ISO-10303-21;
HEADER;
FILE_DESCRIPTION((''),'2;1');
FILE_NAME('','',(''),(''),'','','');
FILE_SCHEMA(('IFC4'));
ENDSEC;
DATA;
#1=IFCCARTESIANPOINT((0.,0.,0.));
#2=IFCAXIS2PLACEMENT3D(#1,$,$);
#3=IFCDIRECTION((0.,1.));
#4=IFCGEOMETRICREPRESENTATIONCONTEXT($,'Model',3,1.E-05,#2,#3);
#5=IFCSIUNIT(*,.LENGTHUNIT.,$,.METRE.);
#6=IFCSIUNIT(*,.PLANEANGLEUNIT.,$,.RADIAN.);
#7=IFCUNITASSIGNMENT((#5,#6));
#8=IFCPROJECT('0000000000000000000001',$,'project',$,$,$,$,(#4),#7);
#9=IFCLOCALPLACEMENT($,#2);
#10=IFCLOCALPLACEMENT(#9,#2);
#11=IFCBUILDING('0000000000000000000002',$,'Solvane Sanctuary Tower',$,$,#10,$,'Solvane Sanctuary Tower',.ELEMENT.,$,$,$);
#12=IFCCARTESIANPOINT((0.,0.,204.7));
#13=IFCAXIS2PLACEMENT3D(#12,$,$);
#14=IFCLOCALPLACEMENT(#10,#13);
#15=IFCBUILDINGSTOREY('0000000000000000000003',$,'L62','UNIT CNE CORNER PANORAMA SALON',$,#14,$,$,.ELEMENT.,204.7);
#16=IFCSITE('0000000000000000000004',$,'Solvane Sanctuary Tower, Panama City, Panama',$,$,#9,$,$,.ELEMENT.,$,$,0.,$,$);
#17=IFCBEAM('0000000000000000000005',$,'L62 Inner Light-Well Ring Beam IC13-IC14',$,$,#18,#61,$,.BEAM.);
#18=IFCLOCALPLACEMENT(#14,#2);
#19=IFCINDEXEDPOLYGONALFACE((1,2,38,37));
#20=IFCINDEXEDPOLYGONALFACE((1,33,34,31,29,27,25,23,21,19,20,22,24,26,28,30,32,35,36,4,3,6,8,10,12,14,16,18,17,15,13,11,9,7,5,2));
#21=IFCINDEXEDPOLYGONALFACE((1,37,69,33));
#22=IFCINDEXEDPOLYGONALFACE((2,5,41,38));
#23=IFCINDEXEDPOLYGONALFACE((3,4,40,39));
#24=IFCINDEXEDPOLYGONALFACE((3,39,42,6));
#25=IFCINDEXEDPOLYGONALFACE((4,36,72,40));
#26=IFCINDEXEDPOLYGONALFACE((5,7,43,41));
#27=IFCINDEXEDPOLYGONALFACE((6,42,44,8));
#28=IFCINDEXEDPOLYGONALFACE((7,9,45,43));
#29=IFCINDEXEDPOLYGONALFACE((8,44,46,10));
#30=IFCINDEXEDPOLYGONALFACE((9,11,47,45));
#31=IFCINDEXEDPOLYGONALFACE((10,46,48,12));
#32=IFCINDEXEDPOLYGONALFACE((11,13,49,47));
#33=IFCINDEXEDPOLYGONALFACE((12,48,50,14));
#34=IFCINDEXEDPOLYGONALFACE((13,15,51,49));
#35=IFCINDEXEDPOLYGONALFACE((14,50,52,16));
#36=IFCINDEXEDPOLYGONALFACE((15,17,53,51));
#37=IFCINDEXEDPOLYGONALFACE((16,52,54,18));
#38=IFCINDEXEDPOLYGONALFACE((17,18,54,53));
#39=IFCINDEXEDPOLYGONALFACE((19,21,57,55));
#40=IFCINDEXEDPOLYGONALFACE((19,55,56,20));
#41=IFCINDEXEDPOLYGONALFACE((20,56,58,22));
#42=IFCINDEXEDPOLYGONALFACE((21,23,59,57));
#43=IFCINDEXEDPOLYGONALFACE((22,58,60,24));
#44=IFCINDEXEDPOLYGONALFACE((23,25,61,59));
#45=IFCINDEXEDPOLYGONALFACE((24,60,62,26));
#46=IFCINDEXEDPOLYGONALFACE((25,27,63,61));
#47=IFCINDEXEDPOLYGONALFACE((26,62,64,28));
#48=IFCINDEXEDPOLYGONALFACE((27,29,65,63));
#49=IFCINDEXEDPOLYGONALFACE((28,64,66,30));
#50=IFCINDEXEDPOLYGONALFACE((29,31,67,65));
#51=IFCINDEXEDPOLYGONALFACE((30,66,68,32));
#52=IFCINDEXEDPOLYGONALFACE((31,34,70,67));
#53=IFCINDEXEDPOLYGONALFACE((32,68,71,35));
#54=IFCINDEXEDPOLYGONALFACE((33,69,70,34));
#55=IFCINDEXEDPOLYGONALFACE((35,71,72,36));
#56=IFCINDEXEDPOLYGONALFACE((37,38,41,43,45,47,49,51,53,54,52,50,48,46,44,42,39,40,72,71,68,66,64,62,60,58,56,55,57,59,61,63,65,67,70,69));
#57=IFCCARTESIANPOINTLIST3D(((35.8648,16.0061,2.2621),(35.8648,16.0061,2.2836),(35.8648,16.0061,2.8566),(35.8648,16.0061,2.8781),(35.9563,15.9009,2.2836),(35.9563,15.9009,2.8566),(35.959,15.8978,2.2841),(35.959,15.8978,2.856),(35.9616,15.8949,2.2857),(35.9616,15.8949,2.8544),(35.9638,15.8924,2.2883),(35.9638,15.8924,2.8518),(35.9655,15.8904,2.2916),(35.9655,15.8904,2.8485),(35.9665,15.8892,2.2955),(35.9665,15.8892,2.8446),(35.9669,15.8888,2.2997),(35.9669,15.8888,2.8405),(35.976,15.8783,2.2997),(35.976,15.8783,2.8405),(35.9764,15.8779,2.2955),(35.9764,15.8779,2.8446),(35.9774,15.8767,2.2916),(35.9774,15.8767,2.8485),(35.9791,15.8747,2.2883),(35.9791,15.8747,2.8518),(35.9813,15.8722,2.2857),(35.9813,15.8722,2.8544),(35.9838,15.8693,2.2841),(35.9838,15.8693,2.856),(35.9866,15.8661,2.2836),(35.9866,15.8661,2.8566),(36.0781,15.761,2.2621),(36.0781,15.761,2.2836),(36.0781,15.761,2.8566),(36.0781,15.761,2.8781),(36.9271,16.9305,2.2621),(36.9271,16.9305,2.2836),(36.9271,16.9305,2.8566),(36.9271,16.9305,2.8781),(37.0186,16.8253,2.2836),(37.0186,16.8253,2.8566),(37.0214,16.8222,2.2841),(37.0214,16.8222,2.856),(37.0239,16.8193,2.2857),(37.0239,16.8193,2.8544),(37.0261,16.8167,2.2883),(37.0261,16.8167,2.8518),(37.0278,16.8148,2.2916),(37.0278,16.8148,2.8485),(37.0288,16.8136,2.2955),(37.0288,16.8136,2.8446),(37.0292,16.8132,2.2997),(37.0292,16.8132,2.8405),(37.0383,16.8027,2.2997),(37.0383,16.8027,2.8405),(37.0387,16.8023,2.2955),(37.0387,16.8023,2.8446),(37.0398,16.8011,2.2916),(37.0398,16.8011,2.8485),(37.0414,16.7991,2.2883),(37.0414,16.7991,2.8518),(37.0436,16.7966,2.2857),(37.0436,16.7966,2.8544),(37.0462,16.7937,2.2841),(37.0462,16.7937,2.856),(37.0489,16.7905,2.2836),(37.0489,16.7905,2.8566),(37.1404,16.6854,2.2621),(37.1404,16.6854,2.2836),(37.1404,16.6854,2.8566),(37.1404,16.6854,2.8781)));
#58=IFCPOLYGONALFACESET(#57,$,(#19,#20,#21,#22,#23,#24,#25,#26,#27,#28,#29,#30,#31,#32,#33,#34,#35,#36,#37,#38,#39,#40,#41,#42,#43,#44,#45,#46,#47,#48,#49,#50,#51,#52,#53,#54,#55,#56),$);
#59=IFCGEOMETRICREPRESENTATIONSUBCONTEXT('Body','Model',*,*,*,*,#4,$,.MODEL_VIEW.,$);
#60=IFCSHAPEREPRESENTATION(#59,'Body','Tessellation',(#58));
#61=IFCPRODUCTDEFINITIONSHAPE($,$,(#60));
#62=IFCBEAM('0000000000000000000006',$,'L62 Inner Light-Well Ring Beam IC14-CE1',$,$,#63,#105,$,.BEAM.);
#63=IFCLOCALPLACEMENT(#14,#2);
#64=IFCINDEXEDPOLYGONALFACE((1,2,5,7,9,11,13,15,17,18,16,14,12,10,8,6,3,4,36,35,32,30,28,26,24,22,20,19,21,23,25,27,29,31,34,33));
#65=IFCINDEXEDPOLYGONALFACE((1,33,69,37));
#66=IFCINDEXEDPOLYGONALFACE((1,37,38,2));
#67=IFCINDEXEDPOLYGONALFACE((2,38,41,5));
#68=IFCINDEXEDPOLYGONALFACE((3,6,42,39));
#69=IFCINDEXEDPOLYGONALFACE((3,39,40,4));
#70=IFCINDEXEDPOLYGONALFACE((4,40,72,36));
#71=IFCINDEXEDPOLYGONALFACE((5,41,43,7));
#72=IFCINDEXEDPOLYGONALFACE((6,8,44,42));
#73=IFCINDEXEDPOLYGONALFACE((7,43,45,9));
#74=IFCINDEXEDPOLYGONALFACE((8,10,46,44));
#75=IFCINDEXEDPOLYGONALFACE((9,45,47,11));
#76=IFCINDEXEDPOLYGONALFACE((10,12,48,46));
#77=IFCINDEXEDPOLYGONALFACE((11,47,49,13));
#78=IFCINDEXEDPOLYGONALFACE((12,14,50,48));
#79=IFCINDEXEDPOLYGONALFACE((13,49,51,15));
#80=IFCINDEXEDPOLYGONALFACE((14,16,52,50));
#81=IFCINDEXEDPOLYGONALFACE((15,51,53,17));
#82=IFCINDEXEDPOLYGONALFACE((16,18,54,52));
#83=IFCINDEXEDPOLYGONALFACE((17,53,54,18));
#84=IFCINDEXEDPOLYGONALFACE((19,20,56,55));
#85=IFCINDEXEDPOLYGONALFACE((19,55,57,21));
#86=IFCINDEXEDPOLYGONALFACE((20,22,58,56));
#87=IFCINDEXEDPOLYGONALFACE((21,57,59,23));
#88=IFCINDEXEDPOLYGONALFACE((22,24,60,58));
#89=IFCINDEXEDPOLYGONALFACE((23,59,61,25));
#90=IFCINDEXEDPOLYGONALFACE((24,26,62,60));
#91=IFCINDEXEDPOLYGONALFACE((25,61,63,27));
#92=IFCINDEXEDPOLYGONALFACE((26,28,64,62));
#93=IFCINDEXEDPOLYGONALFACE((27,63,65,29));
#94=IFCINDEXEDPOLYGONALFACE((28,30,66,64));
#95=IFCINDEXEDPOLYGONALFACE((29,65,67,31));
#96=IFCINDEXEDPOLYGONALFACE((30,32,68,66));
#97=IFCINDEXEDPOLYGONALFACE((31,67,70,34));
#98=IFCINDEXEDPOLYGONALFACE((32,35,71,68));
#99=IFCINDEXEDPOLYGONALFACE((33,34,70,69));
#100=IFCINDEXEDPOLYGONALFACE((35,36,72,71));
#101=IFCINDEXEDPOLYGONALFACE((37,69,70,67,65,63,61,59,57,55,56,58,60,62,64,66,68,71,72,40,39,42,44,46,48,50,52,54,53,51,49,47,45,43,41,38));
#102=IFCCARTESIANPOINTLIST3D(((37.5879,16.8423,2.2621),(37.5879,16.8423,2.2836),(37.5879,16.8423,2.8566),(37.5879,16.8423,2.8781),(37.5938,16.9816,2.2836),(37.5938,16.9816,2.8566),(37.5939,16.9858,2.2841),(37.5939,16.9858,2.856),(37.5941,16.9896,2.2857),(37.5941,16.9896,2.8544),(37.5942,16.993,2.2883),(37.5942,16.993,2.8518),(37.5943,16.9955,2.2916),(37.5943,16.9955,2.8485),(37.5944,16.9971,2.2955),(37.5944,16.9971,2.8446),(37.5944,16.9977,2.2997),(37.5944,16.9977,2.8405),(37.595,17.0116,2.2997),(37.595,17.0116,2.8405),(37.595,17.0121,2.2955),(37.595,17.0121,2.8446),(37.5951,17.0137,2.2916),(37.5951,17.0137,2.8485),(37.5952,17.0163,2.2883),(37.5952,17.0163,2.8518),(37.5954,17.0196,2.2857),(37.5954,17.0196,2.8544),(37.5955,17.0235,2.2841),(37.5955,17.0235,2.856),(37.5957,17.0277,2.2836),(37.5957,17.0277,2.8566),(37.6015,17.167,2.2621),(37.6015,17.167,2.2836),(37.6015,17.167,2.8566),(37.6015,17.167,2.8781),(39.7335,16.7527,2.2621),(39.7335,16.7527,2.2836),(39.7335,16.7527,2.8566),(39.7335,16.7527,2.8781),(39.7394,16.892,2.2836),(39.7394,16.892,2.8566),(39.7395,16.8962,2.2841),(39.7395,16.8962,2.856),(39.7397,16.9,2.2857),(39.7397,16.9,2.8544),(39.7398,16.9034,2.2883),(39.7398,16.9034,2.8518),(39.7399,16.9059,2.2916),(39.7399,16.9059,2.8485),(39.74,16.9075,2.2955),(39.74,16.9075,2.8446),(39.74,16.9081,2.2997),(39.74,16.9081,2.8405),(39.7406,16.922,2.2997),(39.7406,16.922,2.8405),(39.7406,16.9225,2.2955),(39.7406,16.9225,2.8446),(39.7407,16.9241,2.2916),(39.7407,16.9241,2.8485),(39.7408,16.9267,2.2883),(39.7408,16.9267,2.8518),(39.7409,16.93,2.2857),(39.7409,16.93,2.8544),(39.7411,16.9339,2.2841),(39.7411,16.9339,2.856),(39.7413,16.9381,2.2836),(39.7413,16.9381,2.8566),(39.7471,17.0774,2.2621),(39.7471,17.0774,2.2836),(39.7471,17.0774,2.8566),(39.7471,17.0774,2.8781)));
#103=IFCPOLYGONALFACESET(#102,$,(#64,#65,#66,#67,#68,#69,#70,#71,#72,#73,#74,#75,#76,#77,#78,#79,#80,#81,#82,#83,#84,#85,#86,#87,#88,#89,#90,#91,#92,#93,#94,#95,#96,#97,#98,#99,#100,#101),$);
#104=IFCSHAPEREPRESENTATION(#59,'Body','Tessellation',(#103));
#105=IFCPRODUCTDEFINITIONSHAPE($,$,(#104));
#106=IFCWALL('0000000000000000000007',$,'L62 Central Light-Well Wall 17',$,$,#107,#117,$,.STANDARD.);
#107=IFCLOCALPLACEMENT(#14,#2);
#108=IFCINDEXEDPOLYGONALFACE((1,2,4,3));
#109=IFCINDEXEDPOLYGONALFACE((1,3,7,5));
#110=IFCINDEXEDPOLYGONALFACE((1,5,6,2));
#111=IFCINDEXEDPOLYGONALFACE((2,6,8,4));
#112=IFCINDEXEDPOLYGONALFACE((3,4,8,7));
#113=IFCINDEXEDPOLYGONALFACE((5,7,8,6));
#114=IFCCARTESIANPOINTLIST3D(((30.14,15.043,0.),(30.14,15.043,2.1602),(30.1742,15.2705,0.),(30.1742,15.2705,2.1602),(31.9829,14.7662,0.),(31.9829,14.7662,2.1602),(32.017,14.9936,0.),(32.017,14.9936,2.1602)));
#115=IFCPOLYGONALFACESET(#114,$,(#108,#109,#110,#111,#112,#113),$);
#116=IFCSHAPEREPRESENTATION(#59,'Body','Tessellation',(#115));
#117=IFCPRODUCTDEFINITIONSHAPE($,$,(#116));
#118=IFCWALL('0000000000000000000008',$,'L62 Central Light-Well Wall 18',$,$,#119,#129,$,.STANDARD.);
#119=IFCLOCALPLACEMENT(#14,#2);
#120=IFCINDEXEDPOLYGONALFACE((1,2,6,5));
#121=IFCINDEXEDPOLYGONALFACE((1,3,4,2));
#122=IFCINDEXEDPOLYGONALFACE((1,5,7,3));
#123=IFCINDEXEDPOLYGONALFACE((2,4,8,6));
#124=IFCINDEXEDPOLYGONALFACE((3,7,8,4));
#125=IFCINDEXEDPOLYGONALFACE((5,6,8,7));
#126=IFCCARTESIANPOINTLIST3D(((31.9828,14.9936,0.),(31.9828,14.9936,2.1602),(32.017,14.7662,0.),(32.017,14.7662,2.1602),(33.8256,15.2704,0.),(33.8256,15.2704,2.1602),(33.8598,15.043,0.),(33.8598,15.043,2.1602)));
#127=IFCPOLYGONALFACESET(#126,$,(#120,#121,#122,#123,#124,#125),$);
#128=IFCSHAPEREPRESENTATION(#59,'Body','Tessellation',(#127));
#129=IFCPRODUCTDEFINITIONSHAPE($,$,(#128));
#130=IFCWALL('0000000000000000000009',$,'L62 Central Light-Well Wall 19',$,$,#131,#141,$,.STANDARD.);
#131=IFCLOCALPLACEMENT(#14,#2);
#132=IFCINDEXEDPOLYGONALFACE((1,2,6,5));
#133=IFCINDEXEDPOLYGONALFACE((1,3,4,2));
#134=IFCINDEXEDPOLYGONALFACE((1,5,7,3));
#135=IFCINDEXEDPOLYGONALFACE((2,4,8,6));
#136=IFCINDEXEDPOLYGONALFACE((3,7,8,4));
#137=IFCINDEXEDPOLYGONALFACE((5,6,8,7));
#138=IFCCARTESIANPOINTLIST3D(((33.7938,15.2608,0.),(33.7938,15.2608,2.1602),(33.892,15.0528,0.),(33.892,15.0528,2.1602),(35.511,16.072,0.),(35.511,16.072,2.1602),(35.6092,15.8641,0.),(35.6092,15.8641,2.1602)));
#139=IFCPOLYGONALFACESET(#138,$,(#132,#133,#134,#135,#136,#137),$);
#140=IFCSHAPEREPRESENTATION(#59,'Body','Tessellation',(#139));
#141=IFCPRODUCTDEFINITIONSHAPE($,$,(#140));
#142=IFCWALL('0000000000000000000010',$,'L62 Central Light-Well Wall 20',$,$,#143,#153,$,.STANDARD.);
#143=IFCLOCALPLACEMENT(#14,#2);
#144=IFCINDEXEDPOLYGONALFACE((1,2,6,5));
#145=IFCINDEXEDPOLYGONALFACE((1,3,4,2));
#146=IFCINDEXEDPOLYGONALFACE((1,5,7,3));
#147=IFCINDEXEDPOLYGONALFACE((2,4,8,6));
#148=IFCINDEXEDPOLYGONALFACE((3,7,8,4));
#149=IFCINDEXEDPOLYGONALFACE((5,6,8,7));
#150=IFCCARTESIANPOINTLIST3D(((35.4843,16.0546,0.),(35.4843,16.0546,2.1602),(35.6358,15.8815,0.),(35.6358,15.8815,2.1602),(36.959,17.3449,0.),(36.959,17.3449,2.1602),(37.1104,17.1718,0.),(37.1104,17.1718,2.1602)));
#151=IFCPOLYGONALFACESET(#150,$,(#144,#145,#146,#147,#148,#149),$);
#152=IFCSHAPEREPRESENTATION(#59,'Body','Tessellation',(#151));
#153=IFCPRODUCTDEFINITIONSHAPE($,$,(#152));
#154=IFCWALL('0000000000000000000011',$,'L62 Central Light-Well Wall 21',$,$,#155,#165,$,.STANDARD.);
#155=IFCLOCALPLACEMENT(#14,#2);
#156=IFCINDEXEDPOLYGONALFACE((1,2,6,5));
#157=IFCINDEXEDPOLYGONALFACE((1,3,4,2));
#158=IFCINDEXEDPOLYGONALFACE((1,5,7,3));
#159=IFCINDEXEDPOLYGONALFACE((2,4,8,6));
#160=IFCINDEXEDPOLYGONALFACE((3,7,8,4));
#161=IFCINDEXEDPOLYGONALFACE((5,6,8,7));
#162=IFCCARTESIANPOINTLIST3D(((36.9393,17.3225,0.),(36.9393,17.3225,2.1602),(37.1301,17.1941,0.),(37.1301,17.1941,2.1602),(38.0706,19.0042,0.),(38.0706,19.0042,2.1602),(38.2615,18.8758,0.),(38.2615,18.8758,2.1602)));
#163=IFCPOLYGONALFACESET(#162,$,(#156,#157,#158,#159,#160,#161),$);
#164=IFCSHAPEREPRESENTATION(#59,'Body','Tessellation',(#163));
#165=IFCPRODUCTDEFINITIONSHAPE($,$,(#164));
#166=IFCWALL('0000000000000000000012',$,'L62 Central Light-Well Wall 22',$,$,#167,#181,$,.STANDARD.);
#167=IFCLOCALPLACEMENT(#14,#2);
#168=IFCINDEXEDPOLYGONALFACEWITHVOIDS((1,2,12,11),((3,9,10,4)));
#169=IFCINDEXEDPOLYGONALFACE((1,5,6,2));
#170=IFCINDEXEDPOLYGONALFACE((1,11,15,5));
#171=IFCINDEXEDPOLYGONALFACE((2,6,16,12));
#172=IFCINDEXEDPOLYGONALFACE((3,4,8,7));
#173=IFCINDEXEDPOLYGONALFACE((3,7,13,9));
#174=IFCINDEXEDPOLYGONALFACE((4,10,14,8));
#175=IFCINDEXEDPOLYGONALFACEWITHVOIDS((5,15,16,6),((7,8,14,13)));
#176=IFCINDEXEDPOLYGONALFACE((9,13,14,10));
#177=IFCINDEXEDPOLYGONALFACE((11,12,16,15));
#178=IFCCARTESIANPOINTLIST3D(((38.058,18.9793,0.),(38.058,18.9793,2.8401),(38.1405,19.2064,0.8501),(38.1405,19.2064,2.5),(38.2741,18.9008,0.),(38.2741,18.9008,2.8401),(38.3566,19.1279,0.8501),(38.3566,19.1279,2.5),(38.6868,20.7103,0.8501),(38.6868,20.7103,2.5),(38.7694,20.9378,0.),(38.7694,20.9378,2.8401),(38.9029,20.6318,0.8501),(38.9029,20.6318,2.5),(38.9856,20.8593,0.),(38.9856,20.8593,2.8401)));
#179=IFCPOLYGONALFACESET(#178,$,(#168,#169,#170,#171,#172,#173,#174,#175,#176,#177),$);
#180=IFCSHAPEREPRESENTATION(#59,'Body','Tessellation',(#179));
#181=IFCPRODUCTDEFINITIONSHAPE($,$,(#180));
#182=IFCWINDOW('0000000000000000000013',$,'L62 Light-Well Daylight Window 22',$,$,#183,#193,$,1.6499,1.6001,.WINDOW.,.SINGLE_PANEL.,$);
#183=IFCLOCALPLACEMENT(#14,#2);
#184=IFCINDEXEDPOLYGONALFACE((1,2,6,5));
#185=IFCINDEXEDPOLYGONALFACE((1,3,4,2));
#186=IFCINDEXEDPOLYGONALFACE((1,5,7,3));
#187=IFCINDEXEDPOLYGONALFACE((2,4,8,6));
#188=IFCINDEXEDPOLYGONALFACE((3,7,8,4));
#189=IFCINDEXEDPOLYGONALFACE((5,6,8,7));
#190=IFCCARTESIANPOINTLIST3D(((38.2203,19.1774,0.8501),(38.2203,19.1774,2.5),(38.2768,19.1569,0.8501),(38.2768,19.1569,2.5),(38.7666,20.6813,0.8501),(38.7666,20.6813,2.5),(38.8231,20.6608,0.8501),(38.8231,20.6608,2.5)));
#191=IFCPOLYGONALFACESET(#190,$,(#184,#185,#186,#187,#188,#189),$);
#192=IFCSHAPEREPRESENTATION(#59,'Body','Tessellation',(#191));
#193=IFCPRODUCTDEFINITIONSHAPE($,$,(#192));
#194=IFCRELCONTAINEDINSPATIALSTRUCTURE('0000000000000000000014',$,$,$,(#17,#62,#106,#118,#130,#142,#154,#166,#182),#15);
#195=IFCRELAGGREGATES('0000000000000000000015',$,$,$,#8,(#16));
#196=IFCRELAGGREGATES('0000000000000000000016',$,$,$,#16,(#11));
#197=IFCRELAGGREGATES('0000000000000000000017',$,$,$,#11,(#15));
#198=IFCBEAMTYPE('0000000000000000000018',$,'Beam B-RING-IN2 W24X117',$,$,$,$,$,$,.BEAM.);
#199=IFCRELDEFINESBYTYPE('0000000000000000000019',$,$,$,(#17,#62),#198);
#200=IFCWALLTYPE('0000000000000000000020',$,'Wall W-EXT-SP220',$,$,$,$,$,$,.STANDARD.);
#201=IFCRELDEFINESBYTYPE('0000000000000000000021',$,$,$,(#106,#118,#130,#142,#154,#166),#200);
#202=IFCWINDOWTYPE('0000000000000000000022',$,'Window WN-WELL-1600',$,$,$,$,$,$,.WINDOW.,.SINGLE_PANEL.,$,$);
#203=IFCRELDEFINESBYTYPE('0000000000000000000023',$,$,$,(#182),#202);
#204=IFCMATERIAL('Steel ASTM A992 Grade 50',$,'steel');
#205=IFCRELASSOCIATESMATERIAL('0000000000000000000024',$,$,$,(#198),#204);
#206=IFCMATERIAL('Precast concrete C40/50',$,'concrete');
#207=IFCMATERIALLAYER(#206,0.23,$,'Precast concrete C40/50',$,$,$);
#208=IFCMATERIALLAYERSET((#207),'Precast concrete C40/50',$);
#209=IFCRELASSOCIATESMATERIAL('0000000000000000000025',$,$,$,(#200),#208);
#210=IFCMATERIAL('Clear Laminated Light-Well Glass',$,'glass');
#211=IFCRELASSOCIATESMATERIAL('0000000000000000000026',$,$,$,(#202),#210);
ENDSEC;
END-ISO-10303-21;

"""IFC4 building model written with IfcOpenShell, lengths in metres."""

from ifc_helpers import new_model, si_unit, direction, frame, frame_2d, origin, origin_2d, place, context, subcontext, project, spatial, rectangle, i_section, extrude, material, layer, layer_set, material_profile, profile_set, type_object, element, fill, save


model = new_model("IFC4")

# Units and contexts
model_context = context("Model", 3, precision=1e-05, world=origin(), true_north=direction((0.0, 1.0)))
body_context = subcontext(model_context, "Body", "Model", "MODEL_VIEW")
ifc_project = project(units=[si_unit("LENGTHUNIT", "METRE"), si_unit("PLANEANGLEUNIT", "RADIAN")], contexts=[model_context])

# Site, building, storey
site_placement = place(None, origin())
site = spatial("IfcSite", under=ifc_project, at=site_placement, Name="Solvane Sanctuary Tower, Panama City, Panama", CompositionType="ELEMENT", RefElevation=0.0)
building_placement = place(site_placement, origin())
building = spatial("IfcBuilding", under=site, at=building_placement, Name="Solvane Sanctuary Tower", LongName="Solvane Sanctuary Tower", CompositionType="ELEMENT")
storey_placement = place(building_placement, frame((0.0, 0.0, 204.7)))
storey = spatial("IfcBuildingStorey", under=building, at=storey_placement, Name="L62", Description="UNIT CNE CORNER PANORAMA SALON", CompositionType="ELEMENT", Elevation=204.7)

# Beams
ifc_material_1 = material(Name="Steel ASTM A992 Grade 50", Category="steel")
ifc_material_profile_1 = material_profile(ifc_material_1, i_section(OverallWidth=0.325, OverallDepth=0.616, WebThickness=0.0139, FlangeThickness=0.0215, FilletRadius=0.0161, at=origin_2d()), Name="W24X117")
ifc_profile_set_1 = profile_set([ifc_material_profile_1], Name="Steel ASTM A992 Grade 50")
beam_type_1 = type_object("IfcBeamType", Name="Beam B-RING-IN2 W24X117", PredefinedType="BEAM", material=ifc_profile_set_1)
beam_1_placement = place(storey_placement, frame((35.9714, 15.8835, 2.5701), z_axis=(0.754389, 0.656428, 0.0), x_axis=(-0.656428, 0.754389, 0.0)))
element("IfcBeam", 1, at=beam_1_placement, inside=storey, type_object=beam_type_1, Name="L62 Inner Light-Well Ring Beam IC13-IC14", PredefinedType="BEAM", context=body_context, shape_type="SweptSolid", body=[
    extrude(i_section(OverallWidth=0.325, OverallDepth=0.616, WebThickness=0.0139, FlangeThickness=0.0215, FilletRadius=0.0161, at=origin_2d()), origin(), (0.0, 0.0, 1.0), 1.4082),
])
beam_2_placement = place(storey_placement, frame((37.5947, 17.0046, 2.5701), z_axis=(0.999129, -0.041725, 0.0), x_axis=(0.041725, 0.999129, 0.0)))
element("IfcBeam", 2, at=beam_2_placement, inside=storey, type_object=beam_type_1, Name="L62 Inner Light-Well Ring Beam IC14-CE1", PredefinedType="BEAM", context=body_context, shape_type="SweptSolid", body=[
    extrude(i_section(OverallWidth=0.325, OverallDepth=0.616, WebThickness=0.0139, FlangeThickness=0.0215, FilletRadius=0.0161, at=origin_2d()), origin(), (0.0, 0.0, 1.0), 2.1475),
])

# Walls
ifc_material_2 = material(Name="Precast concrete C40/50", Category="concrete")
ifc_layer_1 = layer(ifc_material_2, 0.23, Name="Precast concrete C40/50")
ifc_layer_set_1 = layer_set([ifc_layer_1], Name="Precast concrete C40/50")
wall_type_1 = type_object("IfcWallType", Name="Wall W-EXT-SP220", PredefinedType="STANDARD", material=ifc_layer_set_1)
for number, where, z_axis, x_axis, name in (
    (3, (30.1572, 15.1567, 0.0), (0.0, 0.0, 1.0), (0.988902, -0.148571, 0.0), "L62 Central Light-Well Wall 17"),
    (4, (32.0, 14.8799, 0.0), (0.0, 0.0, 1.0), (0.988902, 0.148571, 0.0), "L62 Central Light-Well Wall 18"),
):
    element("IfcWall", number, at=place(storey_placement, frame(where, z_axis=z_axis, x_axis=x_axis)), inside=storey, type_object=wall_type_1, Name=name, PredefinedType="STANDARD", context=body_context, shape_type="SweptSolid", body=[
        extrude(rectangle(XDim=1.8635, YDim=0.23, at=frame_2d((0.9316, 0.0))), origin(), (0.0, 0.0, 1.0), 2.1602),
    ])
wall_1_placement = place(storey_placement, frame((33.8428, 15.1567, 0.0), z_axis=(0.0, 0.0, 1.0), x_axis=(0.90418, 0.427152, 0.0)))
element("IfcWall", 5, at=wall_1_placement, inside=storey, type_object=wall_type_1, Name="L62 Central Light-Well Wall 19", PredefinedType="STANDARD", context=body_context, shape_type="SweptSolid", body=[
    extrude(rectangle(XDim=1.8992, YDim=0.23, at=frame_2d((0.9497, 0.0))), origin(), (0.0, 0.0, 1.0), 2.1602),
])
wall_2_placement = place(storey_placement, frame((35.5601, 15.968, 0.0), z_axis=(0.0, 0.0, 1.0), x_axis=(0.752577, 0.658505, 0.0)))
element("IfcWall", 6, at=wall_2_placement, inside=storey, type_object=wall_type_1, Name="L62 Central Light-Well Wall 20", PredefinedType="STANDARD", context=body_context, shape_type="SweptSolid", body=[
    extrude(rectangle(XDim=1.9595, YDim=0.23, at=frame_2d((0.9797, 0.0))), origin(), (0.0, 0.0, 1.0), 2.1602),
])
wall_3_placement = place(storey_placement, frame((37.0347, 17.2583, 0.0), z_axis=(0.0, 0.0, 1.0), x_axis=(0.558198, 0.829708, 0.0)))
element("IfcWall", 7, at=wall_3_placement, inside=storey, type_object=wall_type_1, Name="L62 Central Light-Well Wall 21", PredefinedType="STANDARD", context=body_context, shape_type="SweptSolid", body=[
    extrude(rectangle(XDim=2.0269, YDim=0.23, at=frame_2d((1.0134, 0.0))), origin(), (0.0, 0.0, 1.0), 2.1602),
])

# Wall, opening, window
wall_4_placement = place(storey_placement, frame((38.166, 18.9399, 0.0), z_axis=(0.0, 0.0, 1.0), x_axis=(0.341423, 0.93991, 0.0)))
wall_4 = element("IfcWall", 8, at=wall_4_placement, inside=storey, type_object=wall_type_1, Name="L62 Central Light-Well Wall 22", PredefinedType="STANDARD", context=body_context, shape_type="SweptSolid", body=[
    extrude(rectangle(XDim=2.0837, YDim=0.23, at=frame_2d((1.042, 0.0))), origin(), (0.0, 0.0, 1.0), 2.8401),
])
opening_placement = place(wall_4_placement, frame((0.2417, 0.0, 0.8501)))
opening = element("IfcOpeningElement", 9, at=opening_placement, cuts=wall_4, PredefinedType="OPENING", context=body_context, shape_type="SweptSolid", body=[
    extrude(rectangle(XDim=1.6001, YDim=1.6499, at=frame_2d((0.8, 0.825))), frame((0.0, 0.125, 0.0), z_axis=(0.0, -1.0, 0.0), x_axis=(1.0, 0.0, 0.0)), (0.0, 0.0, 1.0), 0.25),
])
ifc_material_3 = material(Name="Clear Laminated Light-Well Glass", Category="glass")
window_type = type_object("IfcWindowType", Name="Window WN-WELL-1600", PartitioningType="SINGLE_PANEL", PredefinedType="WINDOW", material=ifc_material_3)
window_placement = place(opening_placement, origin())
window = element("IfcWindow", 10, at=window_placement, inside=storey, type_object=window_type, Name="L62 Light-Well Daylight Window 22", OverallHeight=1.6499, OverallWidth=1.6001, PartitioningType="SINGLE_PANEL", PredefinedType="WINDOW", context=body_context, shape_type="SweptSolid", body=[
    extrude(rectangle(XDim=1.6001, YDim=1.6499, at=frame_2d((0.8, 0.825))), frame((0.0, 0.03, 0.0), z_axis=(0.0, -1.0, 0.0), x_axis=(1.0, 0.0, 0.0)), (0.0, 0.0, 1.0), 0.0601),
])
fill(opening, window)

save(model, "model.ifc")
